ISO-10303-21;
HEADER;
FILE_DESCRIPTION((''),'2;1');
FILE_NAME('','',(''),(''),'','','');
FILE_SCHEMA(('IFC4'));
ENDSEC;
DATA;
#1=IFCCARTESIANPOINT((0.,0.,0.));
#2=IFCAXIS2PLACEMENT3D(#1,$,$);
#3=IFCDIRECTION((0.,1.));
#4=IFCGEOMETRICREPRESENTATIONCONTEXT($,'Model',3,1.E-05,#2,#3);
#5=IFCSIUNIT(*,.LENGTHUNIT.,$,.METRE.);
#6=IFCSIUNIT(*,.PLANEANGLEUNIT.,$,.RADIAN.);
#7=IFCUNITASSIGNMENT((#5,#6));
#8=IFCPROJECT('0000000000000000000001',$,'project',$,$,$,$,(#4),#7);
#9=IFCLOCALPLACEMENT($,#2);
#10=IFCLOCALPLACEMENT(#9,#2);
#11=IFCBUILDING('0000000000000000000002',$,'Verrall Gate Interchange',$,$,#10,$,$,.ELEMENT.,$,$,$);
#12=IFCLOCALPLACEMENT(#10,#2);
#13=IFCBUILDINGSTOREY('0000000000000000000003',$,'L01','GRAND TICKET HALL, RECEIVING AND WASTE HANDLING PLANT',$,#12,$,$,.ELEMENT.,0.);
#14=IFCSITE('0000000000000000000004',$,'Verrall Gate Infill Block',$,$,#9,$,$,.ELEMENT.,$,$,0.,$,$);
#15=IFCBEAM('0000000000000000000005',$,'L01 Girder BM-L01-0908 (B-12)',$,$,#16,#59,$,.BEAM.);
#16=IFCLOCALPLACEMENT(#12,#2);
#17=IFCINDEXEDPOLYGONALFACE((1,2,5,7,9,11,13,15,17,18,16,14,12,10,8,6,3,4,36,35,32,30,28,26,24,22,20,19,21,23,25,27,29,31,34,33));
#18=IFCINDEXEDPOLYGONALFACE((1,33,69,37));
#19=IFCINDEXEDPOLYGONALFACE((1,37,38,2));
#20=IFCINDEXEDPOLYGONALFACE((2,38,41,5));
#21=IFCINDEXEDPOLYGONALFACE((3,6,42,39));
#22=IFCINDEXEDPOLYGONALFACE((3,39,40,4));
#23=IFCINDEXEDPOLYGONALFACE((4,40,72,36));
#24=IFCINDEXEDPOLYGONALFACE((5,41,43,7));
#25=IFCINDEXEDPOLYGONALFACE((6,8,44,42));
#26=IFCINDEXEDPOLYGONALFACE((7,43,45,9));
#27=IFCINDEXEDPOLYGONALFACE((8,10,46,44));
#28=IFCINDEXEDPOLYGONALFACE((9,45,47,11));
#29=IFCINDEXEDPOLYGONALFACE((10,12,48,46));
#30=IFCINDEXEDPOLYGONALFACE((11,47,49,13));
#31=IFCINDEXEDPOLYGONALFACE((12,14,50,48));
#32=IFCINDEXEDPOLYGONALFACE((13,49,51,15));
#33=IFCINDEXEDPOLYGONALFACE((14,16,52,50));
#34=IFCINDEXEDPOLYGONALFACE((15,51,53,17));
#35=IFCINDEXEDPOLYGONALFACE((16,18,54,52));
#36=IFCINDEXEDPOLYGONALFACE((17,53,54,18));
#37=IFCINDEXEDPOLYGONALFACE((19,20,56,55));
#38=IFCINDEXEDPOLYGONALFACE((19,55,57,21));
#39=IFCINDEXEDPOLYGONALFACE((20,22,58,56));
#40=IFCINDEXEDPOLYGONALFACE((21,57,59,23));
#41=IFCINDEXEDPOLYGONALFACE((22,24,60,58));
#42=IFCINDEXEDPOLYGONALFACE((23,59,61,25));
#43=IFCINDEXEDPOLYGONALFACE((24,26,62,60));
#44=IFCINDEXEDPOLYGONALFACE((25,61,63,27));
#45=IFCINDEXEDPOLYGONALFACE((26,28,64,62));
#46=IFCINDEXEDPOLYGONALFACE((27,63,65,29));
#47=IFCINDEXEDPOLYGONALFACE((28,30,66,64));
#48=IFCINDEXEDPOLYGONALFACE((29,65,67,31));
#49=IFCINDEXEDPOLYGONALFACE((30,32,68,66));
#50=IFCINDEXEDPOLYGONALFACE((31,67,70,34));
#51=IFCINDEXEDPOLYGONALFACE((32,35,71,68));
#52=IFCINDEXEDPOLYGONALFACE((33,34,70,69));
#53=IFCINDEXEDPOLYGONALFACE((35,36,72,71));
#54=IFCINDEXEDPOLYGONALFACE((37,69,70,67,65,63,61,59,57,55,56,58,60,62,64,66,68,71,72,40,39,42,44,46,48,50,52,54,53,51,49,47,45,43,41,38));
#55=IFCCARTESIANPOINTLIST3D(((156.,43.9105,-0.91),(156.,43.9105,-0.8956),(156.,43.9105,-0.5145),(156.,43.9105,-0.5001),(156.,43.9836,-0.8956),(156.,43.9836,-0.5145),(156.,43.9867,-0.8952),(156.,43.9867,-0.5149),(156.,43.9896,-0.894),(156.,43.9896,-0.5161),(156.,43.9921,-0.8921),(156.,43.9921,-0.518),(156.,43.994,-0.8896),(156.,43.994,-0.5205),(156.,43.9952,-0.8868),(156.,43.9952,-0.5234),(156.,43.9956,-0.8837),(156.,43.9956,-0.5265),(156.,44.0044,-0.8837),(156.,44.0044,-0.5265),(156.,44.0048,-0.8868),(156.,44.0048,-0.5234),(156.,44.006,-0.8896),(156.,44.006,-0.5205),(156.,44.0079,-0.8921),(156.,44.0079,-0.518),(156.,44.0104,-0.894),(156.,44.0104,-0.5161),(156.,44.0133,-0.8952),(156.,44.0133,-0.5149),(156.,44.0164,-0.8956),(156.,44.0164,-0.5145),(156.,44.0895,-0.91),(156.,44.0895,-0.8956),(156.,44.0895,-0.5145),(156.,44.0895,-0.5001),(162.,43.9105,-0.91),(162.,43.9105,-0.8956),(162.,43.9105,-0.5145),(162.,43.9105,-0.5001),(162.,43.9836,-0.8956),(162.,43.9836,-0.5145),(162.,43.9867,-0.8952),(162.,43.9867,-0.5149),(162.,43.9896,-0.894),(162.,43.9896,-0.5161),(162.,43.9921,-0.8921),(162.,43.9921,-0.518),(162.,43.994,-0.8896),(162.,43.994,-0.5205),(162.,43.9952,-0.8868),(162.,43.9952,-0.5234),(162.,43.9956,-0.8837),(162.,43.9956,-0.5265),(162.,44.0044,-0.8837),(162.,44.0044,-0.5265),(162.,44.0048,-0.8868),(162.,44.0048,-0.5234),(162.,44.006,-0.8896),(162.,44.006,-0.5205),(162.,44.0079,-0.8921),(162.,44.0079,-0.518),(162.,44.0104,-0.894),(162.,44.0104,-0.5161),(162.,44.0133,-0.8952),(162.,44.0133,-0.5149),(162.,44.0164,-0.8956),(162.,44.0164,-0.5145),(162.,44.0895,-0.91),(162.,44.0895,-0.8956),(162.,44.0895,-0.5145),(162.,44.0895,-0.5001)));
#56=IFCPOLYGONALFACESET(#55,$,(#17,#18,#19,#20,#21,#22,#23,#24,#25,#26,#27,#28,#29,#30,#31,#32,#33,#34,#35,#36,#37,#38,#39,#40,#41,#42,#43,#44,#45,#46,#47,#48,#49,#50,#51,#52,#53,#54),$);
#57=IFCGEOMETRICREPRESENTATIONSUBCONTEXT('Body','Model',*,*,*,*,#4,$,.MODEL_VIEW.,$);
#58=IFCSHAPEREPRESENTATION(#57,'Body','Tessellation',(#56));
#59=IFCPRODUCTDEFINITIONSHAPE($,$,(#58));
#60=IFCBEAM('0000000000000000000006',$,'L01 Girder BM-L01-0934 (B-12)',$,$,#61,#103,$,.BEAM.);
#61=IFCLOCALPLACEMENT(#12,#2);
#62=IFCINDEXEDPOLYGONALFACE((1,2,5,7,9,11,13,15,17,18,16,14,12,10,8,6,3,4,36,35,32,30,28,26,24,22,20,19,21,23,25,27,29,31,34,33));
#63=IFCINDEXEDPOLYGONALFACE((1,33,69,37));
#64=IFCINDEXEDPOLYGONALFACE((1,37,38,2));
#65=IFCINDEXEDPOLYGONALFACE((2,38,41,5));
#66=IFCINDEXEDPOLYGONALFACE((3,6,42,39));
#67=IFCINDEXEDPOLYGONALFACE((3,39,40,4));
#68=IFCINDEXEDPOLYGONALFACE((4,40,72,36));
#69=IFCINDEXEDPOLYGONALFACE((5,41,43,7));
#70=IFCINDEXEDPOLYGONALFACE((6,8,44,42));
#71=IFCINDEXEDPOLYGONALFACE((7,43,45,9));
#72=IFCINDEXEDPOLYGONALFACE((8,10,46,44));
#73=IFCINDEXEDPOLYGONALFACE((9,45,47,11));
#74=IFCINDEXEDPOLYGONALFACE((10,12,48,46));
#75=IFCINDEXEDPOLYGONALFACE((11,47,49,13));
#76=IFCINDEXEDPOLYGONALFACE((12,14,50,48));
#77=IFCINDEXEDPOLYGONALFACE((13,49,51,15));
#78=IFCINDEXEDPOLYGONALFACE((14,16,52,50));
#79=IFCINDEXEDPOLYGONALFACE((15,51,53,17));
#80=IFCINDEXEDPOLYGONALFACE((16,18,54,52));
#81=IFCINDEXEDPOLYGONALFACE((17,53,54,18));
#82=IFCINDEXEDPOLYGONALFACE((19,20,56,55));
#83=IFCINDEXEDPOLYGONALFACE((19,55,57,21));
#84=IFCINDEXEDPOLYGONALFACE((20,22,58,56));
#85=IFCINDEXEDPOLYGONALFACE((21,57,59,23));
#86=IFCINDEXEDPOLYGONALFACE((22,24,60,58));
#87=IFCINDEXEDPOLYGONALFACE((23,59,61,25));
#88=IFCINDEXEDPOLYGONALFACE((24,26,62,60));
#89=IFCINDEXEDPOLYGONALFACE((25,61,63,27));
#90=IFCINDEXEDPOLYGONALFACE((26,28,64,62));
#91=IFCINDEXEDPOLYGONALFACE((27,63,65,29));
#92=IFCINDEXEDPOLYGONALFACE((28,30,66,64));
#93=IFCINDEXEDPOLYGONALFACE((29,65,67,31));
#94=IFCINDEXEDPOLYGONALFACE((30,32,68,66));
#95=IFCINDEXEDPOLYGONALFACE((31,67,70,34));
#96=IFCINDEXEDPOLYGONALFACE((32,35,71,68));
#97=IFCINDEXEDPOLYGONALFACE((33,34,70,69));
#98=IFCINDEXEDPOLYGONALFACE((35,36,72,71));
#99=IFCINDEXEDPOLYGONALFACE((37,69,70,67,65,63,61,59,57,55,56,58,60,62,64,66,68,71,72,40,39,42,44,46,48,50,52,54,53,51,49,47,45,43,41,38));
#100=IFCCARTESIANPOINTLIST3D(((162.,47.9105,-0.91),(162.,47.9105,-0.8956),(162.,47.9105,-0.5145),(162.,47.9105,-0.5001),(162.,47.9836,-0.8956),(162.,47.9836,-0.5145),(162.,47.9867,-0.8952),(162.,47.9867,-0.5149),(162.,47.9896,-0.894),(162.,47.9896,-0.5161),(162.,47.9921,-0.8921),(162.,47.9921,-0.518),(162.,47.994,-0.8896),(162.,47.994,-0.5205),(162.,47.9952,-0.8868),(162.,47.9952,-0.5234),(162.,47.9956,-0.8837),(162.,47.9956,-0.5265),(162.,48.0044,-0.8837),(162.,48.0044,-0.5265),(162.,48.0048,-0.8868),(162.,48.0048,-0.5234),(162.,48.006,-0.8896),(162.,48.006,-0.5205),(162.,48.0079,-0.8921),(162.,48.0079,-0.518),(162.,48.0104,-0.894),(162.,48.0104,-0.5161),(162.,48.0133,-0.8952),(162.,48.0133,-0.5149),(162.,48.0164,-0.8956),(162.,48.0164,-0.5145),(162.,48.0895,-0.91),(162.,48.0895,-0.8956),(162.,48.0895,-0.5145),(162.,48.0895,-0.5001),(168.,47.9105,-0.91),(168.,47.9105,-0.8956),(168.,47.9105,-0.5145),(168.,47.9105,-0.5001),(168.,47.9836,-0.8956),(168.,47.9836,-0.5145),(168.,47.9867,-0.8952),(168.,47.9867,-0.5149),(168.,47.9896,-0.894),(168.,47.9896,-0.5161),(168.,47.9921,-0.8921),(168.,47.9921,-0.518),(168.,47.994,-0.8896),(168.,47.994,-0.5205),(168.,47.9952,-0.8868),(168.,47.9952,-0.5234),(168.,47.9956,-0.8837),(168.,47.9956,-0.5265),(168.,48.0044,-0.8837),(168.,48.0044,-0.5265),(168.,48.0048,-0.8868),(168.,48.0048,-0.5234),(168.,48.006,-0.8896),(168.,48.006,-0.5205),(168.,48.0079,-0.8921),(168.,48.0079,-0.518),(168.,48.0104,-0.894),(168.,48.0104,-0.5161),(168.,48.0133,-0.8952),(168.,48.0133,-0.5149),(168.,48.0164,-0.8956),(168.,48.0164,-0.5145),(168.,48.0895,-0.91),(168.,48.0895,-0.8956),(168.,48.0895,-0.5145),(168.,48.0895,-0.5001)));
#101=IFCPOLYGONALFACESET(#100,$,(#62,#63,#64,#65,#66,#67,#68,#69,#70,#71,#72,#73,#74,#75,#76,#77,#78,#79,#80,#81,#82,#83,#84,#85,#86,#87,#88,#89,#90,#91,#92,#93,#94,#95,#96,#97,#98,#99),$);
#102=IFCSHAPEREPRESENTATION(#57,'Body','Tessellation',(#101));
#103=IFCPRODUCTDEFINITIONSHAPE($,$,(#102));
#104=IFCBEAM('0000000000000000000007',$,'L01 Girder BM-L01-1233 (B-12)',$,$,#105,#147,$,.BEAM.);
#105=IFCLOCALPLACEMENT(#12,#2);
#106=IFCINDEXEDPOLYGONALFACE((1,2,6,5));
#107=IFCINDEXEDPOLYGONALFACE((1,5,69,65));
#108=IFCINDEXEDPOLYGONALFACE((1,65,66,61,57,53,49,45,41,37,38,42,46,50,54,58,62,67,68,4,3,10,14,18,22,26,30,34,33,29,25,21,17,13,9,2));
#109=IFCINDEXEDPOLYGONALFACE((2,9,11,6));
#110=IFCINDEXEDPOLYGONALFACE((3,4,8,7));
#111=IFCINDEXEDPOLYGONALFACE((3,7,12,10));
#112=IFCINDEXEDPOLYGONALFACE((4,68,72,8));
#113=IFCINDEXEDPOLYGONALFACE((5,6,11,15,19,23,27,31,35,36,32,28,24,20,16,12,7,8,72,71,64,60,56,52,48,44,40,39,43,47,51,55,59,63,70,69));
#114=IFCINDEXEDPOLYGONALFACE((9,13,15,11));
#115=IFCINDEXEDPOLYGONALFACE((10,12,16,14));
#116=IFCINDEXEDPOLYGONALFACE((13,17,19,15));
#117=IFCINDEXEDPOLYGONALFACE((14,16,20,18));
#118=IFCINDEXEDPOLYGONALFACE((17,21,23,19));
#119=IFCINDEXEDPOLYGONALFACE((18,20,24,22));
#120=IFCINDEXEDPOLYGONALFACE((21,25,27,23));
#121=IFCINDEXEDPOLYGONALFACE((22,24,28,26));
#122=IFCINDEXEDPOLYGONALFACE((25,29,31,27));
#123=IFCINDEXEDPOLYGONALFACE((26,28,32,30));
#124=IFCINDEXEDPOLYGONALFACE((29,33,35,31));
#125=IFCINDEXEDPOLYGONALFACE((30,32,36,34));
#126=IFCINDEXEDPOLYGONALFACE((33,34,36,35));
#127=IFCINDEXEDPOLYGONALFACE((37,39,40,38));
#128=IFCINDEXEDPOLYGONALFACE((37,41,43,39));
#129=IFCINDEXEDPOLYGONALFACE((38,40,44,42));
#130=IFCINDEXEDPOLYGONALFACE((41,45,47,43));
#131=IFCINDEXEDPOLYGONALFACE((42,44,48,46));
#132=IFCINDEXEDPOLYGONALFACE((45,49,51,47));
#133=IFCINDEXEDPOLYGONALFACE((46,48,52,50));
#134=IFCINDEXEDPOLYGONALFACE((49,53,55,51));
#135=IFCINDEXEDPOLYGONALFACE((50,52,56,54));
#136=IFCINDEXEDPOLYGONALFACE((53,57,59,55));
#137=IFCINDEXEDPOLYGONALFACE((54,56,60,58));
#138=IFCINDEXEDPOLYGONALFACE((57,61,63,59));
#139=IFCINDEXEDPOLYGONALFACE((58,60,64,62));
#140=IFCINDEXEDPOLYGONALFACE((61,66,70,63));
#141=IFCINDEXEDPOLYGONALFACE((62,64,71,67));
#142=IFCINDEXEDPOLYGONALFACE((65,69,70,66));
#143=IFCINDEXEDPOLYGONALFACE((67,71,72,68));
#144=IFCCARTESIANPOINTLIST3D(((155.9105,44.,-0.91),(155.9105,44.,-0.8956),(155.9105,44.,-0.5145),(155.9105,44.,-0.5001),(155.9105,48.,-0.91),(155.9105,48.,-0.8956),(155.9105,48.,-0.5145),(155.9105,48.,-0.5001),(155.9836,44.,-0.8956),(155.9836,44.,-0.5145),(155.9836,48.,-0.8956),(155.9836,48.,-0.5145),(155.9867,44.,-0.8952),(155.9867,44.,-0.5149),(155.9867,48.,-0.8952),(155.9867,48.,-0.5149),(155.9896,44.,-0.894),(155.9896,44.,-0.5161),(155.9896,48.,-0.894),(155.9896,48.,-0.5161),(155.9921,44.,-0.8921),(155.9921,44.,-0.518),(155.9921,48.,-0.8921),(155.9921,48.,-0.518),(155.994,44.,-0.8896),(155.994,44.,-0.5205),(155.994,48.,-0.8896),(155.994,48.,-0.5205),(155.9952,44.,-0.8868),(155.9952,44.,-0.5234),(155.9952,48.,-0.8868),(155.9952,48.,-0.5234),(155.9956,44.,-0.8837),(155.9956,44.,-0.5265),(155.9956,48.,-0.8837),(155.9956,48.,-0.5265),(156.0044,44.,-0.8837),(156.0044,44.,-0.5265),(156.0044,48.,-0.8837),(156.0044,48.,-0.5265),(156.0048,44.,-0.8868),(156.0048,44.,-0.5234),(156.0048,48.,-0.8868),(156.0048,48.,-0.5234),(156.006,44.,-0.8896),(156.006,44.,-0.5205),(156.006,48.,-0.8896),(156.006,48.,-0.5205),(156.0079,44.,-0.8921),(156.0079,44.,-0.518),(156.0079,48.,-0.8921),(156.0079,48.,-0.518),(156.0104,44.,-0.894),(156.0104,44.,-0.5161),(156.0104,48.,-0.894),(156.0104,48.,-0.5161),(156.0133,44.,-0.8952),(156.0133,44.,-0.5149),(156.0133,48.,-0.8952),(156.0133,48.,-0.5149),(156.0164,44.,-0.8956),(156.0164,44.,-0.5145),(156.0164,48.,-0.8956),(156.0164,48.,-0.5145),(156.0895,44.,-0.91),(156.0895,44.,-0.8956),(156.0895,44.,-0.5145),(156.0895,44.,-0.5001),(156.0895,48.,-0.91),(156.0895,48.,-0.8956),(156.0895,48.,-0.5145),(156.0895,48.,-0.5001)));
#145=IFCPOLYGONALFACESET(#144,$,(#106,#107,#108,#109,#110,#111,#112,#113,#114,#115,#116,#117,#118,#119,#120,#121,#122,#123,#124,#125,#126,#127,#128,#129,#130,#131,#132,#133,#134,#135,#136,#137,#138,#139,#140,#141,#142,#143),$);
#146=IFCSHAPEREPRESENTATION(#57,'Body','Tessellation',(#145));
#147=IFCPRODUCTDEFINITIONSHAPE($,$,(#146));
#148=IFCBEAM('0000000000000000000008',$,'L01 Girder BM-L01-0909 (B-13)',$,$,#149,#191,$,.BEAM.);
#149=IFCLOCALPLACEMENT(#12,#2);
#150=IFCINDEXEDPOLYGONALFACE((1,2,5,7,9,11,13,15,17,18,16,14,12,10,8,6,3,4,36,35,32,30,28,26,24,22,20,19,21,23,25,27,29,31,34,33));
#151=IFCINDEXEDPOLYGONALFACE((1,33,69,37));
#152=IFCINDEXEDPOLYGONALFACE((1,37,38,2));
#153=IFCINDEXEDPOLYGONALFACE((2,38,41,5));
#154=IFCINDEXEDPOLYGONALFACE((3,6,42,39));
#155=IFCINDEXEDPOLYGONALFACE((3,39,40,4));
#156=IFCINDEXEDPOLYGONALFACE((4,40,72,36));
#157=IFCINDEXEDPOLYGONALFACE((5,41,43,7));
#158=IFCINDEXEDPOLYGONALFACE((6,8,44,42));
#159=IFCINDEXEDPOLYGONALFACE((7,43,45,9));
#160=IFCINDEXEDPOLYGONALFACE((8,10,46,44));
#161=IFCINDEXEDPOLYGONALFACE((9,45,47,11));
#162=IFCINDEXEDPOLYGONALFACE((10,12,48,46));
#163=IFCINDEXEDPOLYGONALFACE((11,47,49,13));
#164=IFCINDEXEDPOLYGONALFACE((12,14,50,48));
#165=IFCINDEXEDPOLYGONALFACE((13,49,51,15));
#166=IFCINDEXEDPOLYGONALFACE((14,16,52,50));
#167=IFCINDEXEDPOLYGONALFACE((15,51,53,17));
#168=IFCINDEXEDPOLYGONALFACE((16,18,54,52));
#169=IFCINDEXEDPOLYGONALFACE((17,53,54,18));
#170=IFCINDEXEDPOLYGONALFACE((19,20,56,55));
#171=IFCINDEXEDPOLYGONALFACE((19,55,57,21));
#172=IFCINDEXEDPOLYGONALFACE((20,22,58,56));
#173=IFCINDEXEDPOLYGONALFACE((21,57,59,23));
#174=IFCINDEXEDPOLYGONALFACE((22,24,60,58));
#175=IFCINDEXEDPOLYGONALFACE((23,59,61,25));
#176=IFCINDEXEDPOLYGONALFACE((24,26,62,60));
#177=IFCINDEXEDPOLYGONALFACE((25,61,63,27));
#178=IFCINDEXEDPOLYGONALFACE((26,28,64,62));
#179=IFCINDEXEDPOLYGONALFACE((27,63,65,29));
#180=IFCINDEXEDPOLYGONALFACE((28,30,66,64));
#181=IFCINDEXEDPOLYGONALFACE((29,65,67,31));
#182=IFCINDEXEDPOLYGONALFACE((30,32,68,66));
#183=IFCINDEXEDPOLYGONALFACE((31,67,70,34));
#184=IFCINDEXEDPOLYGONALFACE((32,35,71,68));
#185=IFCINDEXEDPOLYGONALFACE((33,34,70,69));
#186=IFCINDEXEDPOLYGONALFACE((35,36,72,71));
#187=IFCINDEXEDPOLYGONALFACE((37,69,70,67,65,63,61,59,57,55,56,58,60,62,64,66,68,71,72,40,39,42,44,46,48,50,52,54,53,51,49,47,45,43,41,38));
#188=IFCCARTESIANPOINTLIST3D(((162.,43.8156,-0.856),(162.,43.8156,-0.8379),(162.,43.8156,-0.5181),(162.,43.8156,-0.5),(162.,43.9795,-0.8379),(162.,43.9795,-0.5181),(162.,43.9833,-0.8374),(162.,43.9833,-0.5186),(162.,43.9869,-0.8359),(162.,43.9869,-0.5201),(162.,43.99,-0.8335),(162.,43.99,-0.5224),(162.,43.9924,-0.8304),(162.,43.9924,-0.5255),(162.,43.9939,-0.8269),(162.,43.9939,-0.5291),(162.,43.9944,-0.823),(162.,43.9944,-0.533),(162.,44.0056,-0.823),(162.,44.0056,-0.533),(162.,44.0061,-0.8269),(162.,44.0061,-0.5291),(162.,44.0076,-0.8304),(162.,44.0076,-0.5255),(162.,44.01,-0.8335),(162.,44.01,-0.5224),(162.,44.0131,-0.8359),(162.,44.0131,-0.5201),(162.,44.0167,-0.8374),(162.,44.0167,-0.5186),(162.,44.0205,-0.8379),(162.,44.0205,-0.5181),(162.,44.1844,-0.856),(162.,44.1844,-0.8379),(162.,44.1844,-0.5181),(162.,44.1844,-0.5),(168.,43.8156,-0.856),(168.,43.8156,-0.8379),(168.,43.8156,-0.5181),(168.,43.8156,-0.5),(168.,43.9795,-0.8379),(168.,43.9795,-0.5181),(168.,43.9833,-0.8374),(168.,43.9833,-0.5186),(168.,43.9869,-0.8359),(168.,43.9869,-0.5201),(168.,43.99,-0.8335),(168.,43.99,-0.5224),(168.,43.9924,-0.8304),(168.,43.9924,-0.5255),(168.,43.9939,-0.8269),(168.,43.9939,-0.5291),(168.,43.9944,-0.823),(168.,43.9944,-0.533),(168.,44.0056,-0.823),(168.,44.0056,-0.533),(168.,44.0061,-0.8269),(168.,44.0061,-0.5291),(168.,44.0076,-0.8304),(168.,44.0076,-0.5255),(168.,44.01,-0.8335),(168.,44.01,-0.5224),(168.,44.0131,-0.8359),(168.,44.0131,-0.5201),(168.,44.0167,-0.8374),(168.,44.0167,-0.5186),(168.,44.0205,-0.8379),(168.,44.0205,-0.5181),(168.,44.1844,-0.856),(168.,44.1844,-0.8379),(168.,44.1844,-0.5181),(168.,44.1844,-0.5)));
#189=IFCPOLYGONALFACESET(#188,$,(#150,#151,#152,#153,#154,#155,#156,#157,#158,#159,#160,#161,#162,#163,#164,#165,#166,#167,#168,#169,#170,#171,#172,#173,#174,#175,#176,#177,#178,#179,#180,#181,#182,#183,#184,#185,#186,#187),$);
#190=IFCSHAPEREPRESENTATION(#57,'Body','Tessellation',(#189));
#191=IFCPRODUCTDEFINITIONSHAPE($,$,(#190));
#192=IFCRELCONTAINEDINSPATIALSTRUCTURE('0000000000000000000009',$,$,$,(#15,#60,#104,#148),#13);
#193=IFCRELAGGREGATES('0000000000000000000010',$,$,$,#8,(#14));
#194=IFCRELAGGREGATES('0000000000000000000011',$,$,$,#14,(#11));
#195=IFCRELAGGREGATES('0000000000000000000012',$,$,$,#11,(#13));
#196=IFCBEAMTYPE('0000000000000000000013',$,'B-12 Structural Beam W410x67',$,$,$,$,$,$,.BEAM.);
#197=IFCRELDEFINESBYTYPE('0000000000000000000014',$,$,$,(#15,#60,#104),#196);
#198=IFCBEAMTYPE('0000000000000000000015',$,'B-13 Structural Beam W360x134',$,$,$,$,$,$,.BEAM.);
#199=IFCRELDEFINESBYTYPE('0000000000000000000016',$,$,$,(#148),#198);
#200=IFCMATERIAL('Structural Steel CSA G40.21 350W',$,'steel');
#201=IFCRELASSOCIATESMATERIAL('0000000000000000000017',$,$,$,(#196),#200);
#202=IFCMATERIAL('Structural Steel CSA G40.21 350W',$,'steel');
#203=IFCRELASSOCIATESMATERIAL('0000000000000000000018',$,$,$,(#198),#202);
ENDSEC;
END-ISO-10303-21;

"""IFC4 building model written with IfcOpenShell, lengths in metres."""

from ifc_helpers import new_model, si_unit, direction, frame, origin, origin_2d, place, context, subcontext, project, spatial, i_section, extrude, material, material_profile, profile_set, type_object, element, save


model = new_model("IFC4")

# Units and contexts
model_context = context("Model", 3, precision=1e-05, world=origin(), true_north=direction((0.0, 1.0)))
body_context = subcontext(model_context, "Body", "Model", "MODEL_VIEW")
ifc_project = project(units=[si_unit("LENGTHUNIT", "METRE"), si_unit("PLANEANGLEUNIT", "RADIAN")], contexts=[model_context])

# Site, building, storey
site_placement = place(None, origin())
site = spatial("IfcSite", under=ifc_project, at=site_placement, Name="Verrall Gate Infill Block", CompositionType="ELEMENT", RefElevation=0.0)
building_placement = place(site_placement, origin())
building = spatial("IfcBuilding", under=site, at=building_placement, Name="Verrall Gate Interchange", CompositionType="ELEMENT")
storey_placement = place(building_placement, origin())
storey = spatial("IfcBuildingStorey", under=building, at=storey_placement, Name="L01", Description="GRAND TICKET HALL, RECEIVING AND WASTE HANDLING PLANT", CompositionType="ELEMENT", Elevation=0.0)

# Beams
ifc_material_1 = material(Name="Structural Steel CSA G40.21 350W", Category="steel")
ifc_material_profile_1 = material_profile(ifc_material_1, i_section(OverallWidth=0.179, OverallDepth=0.4099, WebThickness=0.0088, FlangeThickness=0.0144, FilletRadius=0.012, at=origin_2d()), Name="W410x67")
ifc_profile_set_1 = profile_set([ifc_material_profile_1], Name="Structural Steel CSA G40.21 350W")
beam_type_1 = type_object("IfcBeamType", Name="B-12 Structural Beam W410x67", PredefinedType="BEAM", material=ifc_profile_set_1)
for number, where, z_axis, x_axis, name in (
    (1, (156.0, 44.0, -0.7051), (1.0, 0.0, 0.0), (0.0, 1.0, 0.0), "L01 Girder BM-L01-0908 (B-12)"),
    (2, (162.0, 48.0, -0.7051), (1.0, 0.0, 0.0), (0.0, 1.0, 0.0), "L01 Girder BM-L01-0934 (B-12)"),
):
    element("IfcBeam", number, at=place(storey_placement, frame(where, z_axis=z_axis, x_axis=x_axis)), inside=storey, type_object=beam_type_1, Name=name, PredefinedType="BEAM", context=body_context, shape_type="SweptSolid", body=[
        extrude(i_section(OverallWidth=0.179, OverallDepth=0.4099, WebThickness=0.0088, FlangeThickness=0.0144, FilletRadius=0.012, at=origin_2d()), origin(), (0.0, 0.0, 1.0), 6.0),
    ])
beam_1_placement = place(storey_placement, frame((156.0, 44.0, -0.7051), z_axis=(0.0, 1.0, 0.0), x_axis=(-1.0, 0.0, 0.0)))
element("IfcBeam", 3, at=beam_1_placement, inside=storey, type_object=beam_type_1, Name="L01 Girder BM-L01-1233 (B-12)", PredefinedType="BEAM", context=body_context, shape_type="SweptSolid", body=[
    extrude(i_section(OverallWidth=0.179, OverallDepth=0.4099, WebThickness=0.0088, FlangeThickness=0.0144, FilletRadius=0.012, at=origin_2d()), origin(), (0.0, 0.0, 1.0), 4.0),
])
ifc_material_2 = material(Name="Structural Steel CSA G40.21 350W", Category="steel")
ifc_material_profile_2 = material_profile(ifc_material_2, i_section(OverallWidth=0.3689, OverallDepth=0.356, WebThickness=0.0112, FlangeThickness=0.0181, FilletRadius=0.0149, at=origin_2d()), Name="W360x134")
ifc_profile_set_2 = profile_set([ifc_material_profile_2], Name="Structural Steel CSA G40.21 350W")
beam_type_2 = type_object("IfcBeamType", Name="B-13 Structural Beam W360x134", PredefinedType="BEAM", material=ifc_profile_set_2)
beam_2_placement = place(storey_placement, frame((162.0, 44.0, -0.678), z_axis=(1.0, 0.0, 0.0), x_axis=(0.0, 1.0, 0.0)))
element("IfcBeam", 4, at=beam_2_placement, inside=storey, type_object=beam_type_2, Name="L01 Girder BM-L01-0909 (B-13)", PredefinedType="BEAM", context=body_context, shape_type="SweptSolid", body=[
    extrude(i_section(OverallWidth=0.3689, OverallDepth=0.356, WebThickness=0.0112, FlangeThickness=0.0181, FilletRadius=0.0149, at=origin_2d()), origin(), (0.0, 0.0, 1.0), 6.0),
])

save(model, "model.ifc")
